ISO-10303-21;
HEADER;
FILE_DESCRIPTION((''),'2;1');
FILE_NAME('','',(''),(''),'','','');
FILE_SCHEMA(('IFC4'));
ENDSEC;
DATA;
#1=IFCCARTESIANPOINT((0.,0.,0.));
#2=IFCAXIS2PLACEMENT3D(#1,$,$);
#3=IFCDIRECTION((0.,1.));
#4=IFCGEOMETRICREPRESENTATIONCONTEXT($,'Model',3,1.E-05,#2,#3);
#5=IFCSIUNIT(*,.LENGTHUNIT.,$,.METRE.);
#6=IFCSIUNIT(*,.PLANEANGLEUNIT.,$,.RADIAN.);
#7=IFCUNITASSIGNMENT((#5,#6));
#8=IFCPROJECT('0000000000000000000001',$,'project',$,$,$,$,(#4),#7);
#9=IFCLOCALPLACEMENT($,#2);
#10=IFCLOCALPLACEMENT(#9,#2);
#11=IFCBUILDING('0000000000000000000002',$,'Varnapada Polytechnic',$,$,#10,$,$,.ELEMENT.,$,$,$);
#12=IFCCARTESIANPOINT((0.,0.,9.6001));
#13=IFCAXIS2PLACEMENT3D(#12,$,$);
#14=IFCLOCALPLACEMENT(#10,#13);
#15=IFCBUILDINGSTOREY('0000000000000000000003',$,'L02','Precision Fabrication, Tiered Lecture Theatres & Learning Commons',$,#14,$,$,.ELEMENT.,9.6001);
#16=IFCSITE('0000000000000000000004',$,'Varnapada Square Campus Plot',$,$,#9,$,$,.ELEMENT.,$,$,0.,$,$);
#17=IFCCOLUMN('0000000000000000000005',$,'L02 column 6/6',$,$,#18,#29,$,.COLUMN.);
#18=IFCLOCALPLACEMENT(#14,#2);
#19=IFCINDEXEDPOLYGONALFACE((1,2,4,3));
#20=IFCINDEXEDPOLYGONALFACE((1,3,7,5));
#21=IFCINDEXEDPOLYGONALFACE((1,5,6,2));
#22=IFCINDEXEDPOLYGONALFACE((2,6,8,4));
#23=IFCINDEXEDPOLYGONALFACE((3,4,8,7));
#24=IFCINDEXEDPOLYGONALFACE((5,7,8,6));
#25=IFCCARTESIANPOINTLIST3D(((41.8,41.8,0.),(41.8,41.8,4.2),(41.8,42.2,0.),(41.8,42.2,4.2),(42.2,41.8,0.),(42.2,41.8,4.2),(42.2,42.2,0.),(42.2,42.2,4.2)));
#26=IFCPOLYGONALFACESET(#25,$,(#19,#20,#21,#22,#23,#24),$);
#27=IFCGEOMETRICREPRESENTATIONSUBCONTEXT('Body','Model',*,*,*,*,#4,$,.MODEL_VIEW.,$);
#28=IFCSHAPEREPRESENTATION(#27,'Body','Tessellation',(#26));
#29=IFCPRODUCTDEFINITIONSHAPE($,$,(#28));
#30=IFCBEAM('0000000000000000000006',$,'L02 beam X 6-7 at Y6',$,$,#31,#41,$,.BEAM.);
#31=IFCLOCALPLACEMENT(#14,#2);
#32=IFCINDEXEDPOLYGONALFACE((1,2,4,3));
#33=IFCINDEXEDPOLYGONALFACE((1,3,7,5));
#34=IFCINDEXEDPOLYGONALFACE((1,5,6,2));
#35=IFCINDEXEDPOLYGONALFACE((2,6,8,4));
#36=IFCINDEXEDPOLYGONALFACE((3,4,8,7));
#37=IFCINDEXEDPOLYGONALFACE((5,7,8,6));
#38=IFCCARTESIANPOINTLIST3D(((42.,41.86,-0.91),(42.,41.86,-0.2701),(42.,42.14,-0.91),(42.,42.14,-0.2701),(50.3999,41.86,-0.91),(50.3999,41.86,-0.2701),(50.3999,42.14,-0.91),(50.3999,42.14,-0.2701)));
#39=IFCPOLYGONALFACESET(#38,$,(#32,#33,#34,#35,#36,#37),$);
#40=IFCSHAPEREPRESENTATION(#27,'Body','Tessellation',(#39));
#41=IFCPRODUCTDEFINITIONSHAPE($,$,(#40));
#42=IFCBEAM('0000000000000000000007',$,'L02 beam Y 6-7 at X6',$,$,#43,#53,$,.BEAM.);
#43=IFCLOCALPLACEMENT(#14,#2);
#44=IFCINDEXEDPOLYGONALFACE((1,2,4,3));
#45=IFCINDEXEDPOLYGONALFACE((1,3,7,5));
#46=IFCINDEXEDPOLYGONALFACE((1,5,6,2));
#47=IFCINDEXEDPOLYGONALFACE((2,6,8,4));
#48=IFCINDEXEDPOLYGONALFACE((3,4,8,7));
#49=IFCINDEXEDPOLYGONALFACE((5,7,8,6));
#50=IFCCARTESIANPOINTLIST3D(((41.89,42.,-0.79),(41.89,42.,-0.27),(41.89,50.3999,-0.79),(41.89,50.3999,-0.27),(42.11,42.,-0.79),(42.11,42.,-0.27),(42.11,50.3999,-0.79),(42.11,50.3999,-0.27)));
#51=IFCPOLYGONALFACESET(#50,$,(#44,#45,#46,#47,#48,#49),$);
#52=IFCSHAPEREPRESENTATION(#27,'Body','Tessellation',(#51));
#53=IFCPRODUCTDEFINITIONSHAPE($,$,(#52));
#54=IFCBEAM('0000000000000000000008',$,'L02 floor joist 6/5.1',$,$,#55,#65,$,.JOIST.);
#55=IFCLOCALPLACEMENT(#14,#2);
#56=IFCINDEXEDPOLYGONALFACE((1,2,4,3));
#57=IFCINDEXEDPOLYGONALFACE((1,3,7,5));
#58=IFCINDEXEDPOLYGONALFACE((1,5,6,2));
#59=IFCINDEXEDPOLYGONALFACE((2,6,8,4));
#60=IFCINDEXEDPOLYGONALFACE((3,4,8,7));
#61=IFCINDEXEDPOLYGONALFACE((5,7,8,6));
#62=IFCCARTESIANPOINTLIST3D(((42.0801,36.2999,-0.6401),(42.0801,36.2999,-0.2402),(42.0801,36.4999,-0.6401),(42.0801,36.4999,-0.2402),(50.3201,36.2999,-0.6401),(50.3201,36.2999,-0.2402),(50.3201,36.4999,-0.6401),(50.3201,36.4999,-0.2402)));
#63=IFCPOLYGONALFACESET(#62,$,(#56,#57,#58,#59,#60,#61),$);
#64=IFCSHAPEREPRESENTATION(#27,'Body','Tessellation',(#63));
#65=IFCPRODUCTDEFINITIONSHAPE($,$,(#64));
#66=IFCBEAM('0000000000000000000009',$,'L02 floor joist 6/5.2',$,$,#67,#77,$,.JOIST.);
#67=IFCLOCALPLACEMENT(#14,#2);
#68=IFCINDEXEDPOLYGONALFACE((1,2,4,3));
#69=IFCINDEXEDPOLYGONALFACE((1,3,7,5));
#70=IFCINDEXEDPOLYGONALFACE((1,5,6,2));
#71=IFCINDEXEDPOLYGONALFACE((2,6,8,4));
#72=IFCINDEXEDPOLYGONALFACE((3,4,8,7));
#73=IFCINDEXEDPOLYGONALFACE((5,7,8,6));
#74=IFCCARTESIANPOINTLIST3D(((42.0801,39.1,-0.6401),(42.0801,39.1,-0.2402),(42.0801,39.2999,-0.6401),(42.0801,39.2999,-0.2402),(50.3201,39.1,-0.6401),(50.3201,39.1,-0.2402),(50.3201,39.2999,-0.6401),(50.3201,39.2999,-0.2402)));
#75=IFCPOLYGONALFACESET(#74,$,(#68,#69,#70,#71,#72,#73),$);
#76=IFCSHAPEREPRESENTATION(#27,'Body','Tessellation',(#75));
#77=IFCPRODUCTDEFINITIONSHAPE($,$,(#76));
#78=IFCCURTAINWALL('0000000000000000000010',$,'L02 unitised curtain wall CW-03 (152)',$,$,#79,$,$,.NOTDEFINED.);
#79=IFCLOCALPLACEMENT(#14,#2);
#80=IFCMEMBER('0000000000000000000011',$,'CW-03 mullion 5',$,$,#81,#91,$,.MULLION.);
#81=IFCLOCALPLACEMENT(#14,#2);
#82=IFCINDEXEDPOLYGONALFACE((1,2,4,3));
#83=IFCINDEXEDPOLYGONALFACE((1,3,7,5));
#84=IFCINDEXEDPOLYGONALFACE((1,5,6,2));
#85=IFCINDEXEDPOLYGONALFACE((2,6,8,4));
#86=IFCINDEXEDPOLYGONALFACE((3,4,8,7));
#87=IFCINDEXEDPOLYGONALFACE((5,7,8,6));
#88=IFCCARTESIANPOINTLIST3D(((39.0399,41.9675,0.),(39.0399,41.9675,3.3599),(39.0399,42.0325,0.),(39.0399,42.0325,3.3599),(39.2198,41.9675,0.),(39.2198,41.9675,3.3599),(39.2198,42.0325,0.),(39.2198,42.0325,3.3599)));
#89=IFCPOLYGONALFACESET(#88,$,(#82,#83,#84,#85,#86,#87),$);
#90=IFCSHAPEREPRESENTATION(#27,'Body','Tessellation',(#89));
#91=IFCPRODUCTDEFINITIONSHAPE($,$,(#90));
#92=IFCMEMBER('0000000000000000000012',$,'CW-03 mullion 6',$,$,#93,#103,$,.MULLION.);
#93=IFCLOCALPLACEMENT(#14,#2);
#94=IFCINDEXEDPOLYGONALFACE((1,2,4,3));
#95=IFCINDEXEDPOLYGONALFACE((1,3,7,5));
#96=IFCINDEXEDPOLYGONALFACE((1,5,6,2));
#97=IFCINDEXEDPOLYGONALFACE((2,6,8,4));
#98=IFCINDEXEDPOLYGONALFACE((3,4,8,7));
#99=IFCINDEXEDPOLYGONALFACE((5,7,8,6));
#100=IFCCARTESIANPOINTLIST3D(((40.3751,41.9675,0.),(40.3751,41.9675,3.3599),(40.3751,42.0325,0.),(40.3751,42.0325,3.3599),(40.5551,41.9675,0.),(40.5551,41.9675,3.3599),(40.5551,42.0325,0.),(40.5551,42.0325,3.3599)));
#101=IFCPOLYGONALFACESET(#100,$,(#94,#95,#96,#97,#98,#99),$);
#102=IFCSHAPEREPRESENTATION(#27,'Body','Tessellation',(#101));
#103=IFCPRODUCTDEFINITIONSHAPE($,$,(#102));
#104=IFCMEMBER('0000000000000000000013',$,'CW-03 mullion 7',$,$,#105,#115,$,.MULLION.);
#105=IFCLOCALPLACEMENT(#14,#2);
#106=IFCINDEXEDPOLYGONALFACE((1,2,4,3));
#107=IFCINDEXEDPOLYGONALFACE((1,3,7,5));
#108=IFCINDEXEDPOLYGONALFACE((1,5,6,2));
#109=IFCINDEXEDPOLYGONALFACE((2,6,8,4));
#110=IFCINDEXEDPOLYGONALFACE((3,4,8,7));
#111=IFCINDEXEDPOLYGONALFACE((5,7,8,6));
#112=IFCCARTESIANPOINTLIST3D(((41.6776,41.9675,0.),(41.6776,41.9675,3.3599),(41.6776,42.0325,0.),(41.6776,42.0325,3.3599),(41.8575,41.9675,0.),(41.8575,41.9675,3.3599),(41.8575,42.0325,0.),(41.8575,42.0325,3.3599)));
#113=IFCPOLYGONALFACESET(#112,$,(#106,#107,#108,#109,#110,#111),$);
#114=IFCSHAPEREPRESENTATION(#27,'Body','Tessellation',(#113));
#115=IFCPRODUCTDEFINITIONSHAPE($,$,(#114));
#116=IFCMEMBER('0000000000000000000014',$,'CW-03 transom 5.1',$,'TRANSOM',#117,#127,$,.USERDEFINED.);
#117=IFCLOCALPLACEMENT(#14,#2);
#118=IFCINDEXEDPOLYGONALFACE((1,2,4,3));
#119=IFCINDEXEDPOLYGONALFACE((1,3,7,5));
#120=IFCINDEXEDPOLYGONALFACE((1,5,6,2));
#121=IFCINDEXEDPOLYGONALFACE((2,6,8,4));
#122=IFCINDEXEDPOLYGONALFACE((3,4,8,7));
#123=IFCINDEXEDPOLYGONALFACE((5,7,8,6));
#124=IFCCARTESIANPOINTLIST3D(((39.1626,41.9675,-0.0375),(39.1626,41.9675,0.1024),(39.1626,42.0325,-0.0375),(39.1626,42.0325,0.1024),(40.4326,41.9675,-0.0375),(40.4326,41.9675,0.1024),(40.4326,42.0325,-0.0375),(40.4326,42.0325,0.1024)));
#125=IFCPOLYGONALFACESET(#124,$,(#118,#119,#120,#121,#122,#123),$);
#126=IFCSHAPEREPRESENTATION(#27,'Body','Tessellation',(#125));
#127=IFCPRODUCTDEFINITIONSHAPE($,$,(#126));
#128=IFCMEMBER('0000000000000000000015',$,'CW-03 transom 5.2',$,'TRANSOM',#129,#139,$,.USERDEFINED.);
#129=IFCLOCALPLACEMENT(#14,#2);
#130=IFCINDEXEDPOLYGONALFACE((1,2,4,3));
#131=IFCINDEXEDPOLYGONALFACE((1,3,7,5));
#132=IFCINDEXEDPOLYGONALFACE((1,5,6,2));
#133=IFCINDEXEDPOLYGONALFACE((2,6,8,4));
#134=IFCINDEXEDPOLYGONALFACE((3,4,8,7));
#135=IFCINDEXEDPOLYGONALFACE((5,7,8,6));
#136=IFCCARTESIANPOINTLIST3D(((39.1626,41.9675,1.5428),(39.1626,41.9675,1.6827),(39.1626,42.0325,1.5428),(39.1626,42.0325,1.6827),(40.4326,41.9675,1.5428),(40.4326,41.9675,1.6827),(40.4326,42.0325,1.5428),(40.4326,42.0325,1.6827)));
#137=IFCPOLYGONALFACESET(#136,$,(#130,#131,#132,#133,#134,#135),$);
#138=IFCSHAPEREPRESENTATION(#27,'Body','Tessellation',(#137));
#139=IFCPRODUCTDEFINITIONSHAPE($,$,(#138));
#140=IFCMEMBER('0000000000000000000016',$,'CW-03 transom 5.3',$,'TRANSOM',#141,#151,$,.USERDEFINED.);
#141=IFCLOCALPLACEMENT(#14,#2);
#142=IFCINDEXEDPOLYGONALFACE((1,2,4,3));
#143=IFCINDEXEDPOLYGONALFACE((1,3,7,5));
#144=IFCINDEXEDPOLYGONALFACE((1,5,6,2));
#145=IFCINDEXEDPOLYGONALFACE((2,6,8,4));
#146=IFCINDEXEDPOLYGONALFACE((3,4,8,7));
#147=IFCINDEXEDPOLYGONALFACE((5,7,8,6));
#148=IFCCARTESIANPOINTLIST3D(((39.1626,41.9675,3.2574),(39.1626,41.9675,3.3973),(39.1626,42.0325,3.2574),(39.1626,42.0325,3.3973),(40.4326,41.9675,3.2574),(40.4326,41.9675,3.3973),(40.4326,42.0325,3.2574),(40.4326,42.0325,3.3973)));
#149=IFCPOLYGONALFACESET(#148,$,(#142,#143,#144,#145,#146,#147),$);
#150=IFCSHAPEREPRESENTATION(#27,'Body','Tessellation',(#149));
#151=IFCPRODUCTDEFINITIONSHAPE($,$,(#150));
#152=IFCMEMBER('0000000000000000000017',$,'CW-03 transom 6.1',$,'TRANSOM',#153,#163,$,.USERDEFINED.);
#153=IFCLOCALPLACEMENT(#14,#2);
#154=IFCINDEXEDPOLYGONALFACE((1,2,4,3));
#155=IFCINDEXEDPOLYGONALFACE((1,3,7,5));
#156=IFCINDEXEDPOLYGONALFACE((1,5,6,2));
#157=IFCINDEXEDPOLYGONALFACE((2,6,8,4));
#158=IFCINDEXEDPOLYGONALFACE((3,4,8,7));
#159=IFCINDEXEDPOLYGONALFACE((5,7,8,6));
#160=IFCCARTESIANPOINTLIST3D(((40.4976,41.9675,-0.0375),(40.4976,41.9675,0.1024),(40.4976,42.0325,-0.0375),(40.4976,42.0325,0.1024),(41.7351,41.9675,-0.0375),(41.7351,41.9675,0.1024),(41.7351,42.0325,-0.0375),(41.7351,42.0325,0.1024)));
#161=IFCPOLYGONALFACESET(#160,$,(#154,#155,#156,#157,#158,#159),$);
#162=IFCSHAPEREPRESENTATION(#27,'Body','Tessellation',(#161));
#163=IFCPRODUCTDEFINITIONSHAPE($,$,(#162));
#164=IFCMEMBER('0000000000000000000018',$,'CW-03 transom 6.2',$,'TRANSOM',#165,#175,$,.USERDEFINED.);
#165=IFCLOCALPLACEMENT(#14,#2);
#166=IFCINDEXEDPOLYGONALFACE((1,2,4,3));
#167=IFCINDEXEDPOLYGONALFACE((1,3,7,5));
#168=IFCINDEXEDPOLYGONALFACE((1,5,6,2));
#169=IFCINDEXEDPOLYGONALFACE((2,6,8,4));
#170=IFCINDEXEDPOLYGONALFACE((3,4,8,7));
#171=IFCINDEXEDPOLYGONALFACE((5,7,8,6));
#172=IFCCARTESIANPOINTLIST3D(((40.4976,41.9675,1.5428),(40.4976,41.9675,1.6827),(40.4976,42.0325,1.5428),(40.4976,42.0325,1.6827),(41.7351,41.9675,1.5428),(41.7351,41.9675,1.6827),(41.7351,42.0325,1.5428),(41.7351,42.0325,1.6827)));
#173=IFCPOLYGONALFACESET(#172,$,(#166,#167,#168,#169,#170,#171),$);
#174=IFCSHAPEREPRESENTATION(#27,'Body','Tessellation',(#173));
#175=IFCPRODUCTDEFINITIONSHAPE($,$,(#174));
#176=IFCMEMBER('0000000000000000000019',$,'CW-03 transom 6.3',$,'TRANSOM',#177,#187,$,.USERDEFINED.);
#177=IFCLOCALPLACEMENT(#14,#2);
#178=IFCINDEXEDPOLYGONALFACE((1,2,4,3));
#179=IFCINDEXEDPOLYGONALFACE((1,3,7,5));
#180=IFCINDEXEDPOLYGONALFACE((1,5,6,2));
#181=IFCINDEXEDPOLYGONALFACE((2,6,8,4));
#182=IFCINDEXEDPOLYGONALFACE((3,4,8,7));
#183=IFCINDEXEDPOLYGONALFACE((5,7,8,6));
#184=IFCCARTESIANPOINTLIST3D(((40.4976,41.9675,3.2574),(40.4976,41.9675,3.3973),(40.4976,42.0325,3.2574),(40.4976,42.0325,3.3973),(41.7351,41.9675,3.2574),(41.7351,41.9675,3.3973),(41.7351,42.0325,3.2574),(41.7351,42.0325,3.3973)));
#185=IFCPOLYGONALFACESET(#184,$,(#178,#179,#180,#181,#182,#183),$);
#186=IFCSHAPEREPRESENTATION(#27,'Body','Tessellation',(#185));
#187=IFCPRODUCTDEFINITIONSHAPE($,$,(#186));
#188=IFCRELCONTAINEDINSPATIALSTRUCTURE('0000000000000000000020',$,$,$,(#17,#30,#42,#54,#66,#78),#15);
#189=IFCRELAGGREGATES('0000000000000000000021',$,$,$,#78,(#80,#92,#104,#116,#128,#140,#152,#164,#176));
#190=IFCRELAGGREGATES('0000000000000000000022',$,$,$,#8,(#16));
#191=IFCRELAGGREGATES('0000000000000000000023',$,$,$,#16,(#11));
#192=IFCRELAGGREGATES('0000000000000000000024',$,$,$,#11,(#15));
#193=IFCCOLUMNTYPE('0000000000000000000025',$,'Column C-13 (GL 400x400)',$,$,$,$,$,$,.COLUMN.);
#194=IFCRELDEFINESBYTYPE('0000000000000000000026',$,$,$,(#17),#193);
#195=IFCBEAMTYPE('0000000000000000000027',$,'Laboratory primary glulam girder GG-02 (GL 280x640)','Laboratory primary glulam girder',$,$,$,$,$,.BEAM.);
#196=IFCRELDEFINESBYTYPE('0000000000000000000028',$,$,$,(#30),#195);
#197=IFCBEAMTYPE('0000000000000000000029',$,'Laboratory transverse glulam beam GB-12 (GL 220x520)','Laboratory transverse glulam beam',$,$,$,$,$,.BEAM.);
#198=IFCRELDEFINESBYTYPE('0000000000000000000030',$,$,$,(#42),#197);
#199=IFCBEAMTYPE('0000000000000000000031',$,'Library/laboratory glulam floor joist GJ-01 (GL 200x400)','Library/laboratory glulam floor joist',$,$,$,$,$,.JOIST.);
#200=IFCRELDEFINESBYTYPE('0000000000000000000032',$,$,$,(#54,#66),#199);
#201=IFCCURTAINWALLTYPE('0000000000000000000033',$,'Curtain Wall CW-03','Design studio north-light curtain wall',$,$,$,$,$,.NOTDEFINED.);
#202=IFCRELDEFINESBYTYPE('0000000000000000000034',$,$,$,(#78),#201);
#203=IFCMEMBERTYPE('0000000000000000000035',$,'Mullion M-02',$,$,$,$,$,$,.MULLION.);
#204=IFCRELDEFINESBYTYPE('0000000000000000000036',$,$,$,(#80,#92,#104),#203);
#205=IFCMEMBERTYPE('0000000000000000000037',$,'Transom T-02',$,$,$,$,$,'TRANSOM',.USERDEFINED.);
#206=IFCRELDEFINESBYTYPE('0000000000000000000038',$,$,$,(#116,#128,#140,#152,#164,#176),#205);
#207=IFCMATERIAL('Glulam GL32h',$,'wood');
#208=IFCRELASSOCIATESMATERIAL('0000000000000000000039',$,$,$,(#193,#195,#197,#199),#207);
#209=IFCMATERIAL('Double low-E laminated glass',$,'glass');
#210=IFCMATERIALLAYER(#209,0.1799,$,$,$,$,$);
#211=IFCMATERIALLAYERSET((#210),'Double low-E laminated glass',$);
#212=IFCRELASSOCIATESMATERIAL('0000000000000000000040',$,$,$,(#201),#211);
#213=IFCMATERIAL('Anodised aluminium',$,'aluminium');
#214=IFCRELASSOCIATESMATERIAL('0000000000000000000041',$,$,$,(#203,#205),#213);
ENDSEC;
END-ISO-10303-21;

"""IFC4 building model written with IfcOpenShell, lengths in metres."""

from ifc_helpers import new_model, si_unit, direction, frame, origin, origin_2d, place, context, subcontext, project, spatial, rectangle, extrude, material, layer, layer_set, material_profile, profile_set, type_object, element, aggregate, save


model = new_model("IFC4")

# Units and contexts
model_context = context("Model", 3, precision=1e-05, world=origin(), true_north=direction((0.0, 1.0)))
body_context = subcontext(model_context, "Body", "Model", "MODEL_VIEW")
ifc_project = project(units=[si_unit("LENGTHUNIT", "METRE"), si_unit("PLANEANGLEUNIT", "RADIAN")], contexts=[model_context])

# Site, building, storey
site_placement = place(None, origin())
site = spatial("IfcSite", under=ifc_project, at=site_placement, Name="Varnapada Square Campus Plot", CompositionType="ELEMENT", RefElevation=0.0)
building_placement = place(site_placement, origin())
building = spatial("IfcBuilding", under=site, at=building_placement, Name="Varnapada Polytechnic", CompositionType="ELEMENT")
storey_placement = place(building_placement, frame((0.0, 0.0, 9.6001)))
storey = spatial("IfcBuildingStorey", under=building, at=storey_placement, Name="L02", Description="Precision Fabrication, Tiered Lecture Theatres & Learning Commons", CompositionType="ELEMENT", Elevation=9.6001)

# Column
ifc_material_1 = material(Name="Glulam GL32h", Category="wood")
ifc_material_profile_1 = material_profile(ifc_material_1, rectangle(XDim=0.3999, YDim=0.3999, at=origin_2d()), Name="GL 400x400")
ifc_profile_set_1 = profile_set([ifc_material_profile_1], Name="Glulam GL32h")
column_type = type_object("IfcColumnType", Name="Column C-13 (GL 400x400)", PredefinedType="COLUMN", material=ifc_profile_set_1)
column_placement = place(storey_placement, frame((42.0, 42.0, 0.0), z_axis=(0.0, 0.0, 1.0), x_axis=(1.0, 0.0, 0.0)))
element("IfcColumn", 1, at=column_placement, inside=storey, type_object=column_type, Name="L02 column 6/6", PredefinedType="COLUMN", context=body_context, shape_type="SweptSolid", body=[
    extrude(rectangle(XDim=0.3999, YDim=0.3999, at=origin_2d()), origin(), (0.0, 0.0, 1.0), 4.2),
])

# Beams
ifc_material_profile_2 = material_profile(ifc_material_1, rectangle(XDim=0.28, YDim=0.6399, at=origin_2d()), Name="GL 280x640")
ifc_profile_set_2 = profile_set([ifc_material_profile_2], Name="Glulam GL32h")
beam_type_1 = type_object("IfcBeamType", Name="Laboratory primary glulam girder GG-02 (GL 280x640)", Description="Laboratory primary glulam girder", PredefinedType="BEAM", material=ifc_profile_set_2)
beam_1_placement = place(storey_placement, frame((42.0, 42.0, -0.5901), z_axis=(1.0, 0.0, 0.0), x_axis=(0.0, 1.0, 0.0)))
element("IfcBeam", 2, at=beam_1_placement, inside=storey, type_object=beam_type_1, Name="L02 beam X 6-7 at Y6", PredefinedType="BEAM", context=body_context, shape_type="SweptSolid", body=[
    extrude(rectangle(XDim=0.28, YDim=0.6399, at=origin_2d()), origin(), (0.0, 0.0, 1.0), 8.3999),
])
ifc_material_profile_3 = material_profile(ifc_material_1, rectangle(XDim=0.22, YDim=0.52, at=origin_2d()), Name="GL 220x520")
ifc_profile_set_3 = profile_set([ifc_material_profile_3], Name="Glulam GL32h")
beam_type_2 = type_object("IfcBeamType", Name="Laboratory transverse glulam beam GB-12 (GL 220x520)", Description="Laboratory transverse glulam beam", PredefinedType="BEAM", material=ifc_profile_set_3)
beam_2_placement = place(storey_placement, frame((42.0, 42.0, -0.53), z_axis=(0.0, 1.0, 0.0), x_axis=(-1.0, 0.0, 0.0)))
element("IfcBeam", 3, at=beam_2_placement, inside=storey, type_object=beam_type_2, Name="L02 beam Y 6-7 at X6", PredefinedType="BEAM", context=body_context, shape_type="SweptSolid", body=[
    extrude(rectangle(XDim=0.22, YDim=0.52, at=origin_2d()), origin(), (0.0, 0.0, 1.0), 8.3999),
])
ifc_material_profile_4 = material_profile(ifc_material_1, rectangle(XDim=0.2, YDim=0.3999, at=origin_2d()), Name="GL 200x400")
ifc_profile_set_4 = profile_set([ifc_material_profile_4], Name="Glulam GL32h")
beam_type_3 = type_object("IfcBeamType", Name="Library/laboratory glulam floor joist GJ-01 (GL 200x400)", Description="Library/laboratory glulam floor joist", PredefinedType="JOIST", material=ifc_profile_set_4)
for number, where, z_axis, x_axis, name in (
    (4, (42.0801, 36.3999, -0.4402), (1.0, 0.0, 0.0), (0.0, 1.0, 0.0), "L02 floor joist 6/5.1"),
    (5, (42.0801, 39.2, -0.4402), (1.0, 0.0, 0.0), (0.0, 1.0, 0.0), "L02 floor joist 6/5.2"),
):
    element("IfcBeam", number, at=place(storey_placement, frame(where, z_axis=z_axis, x_axis=x_axis)), inside=storey, type_object=beam_type_3, Name=name, PredefinedType="JOIST", context=body_context, shape_type="SweptSolid", body=[
        extrude(rectangle(XDim=0.2, YDim=0.3999, at=origin_2d()), origin(), (0.0, 0.0, 1.0), 8.24),
    ])

# Curtain wall, members
ifc_material_2 = material(Name="Double low-E laminated glass", Category="glass")
ifc_layer_1 = layer(ifc_material_2, 0.1799)
ifc_layer_set_1 = layer_set([ifc_layer_1], Name="Double low-E laminated glass")
curtain_wall_type = type_object("IfcCurtainWallType", Name="Curtain Wall CW-03", Description="Design studio north-light curtain wall", PredefinedType="NOTDEFINED", material=ifc_layer_set_1)
curtain_wall_placement = place(storey_placement, origin())
curtain_wall = element("IfcCurtainWall", 6, at=curtain_wall_placement, inside=storey, type_object=curtain_wall_type, Name="L02 unitised curtain wall CW-03 (152)", PredefinedType="NOTDEFINED")
ifc_material_3 = material(Name="Anodised aluminium", Category="aluminium")
ifc_material_profile_5 = material_profile(ifc_material_3, rectangle(XDim=0.0649, YDim=0.1799, at=origin_2d()), Name="ALU M65x180")
ifc_profile_set_5 = profile_set([ifc_material_profile_5], Name="Anodised aluminium")
member_type_1 = type_object("IfcMemberType", Name="Mullion M-02", PredefinedType="MULLION", material=ifc_profile_set_5)
member_1_placement = place(storey_placement, frame((39.1299, 42.0, 0.0), z_axis=(0.0, 0.0, 1.0), x_axis=(0.0, 1.0, 0.0)))
member_1 = element("IfcMember", 7, at=member_1_placement, type_object=member_type_1, Name="CW-03 mullion 5", PredefinedType="MULLION", context=body_context, shape_type="SweptSolid", body=[
    extrude(rectangle(XDim=0.0649, YDim=0.1799, at=origin_2d()), origin(), (0.0, 0.0, 1.0), 3.3599),
])
member_2_placement = place(storey_placement, frame((40.4651, 42.0, 0.0), z_axis=(0.0, 0.0, 1.0), x_axis=(0.0, 1.0, 0.0)))
member_2 = element("IfcMember", 8, at=member_2_placement, type_object=member_type_1, Name="CW-03 mullion 6", PredefinedType="MULLION", context=body_context, shape_type="SweptSolid", body=[
    extrude(rectangle(XDim=0.0649, YDim=0.1799, at=origin_2d()), origin(), (0.0, 0.0, 1.0), 3.3599),
])
member_3_placement = place(storey_placement, frame((41.7676, 42.0, 0.0), z_axis=(0.0, 0.0, 1.0), x_axis=(0.0, 1.0, 0.0)))
member_3 = element("IfcMember", 9, at=member_3_placement, type_object=member_type_1, Name="CW-03 mullion 7", PredefinedType="MULLION", context=body_context, shape_type="SweptSolid", body=[
    extrude(rectangle(XDim=0.0649, YDim=0.1799, at=origin_2d()), origin(), (0.0, 0.0, 1.0), 3.3599),
])
ifc_material_profile_6 = material_profile(ifc_material_3, rectangle(XDim=0.0649, YDim=0.1399, at=origin_2d()), Name="ALU T65x140")
ifc_profile_set_6 = profile_set([ifc_material_profile_6], Name="Anodised aluminium")
member_type_2 = type_object("IfcMemberType", Name="Transom T-02", ElementType="TRANSOM", PredefinedType="USERDEFINED", material=ifc_profile_set_6)
member_4_placement = place(storey_placement, frame((39.1626, 42.0, 0.0325), z_axis=(1.0, 0.0, 0.0), x_axis=(0.0, 1.0, 0.0)))
member_4 = element("IfcMember", 10, at=member_4_placement, type_object=member_type_2, Name="CW-03 transom 5.1", ObjectType="TRANSOM", PredefinedType="USERDEFINED", context=body_context, shape_type="SweptSolid", body=[
    extrude(rectangle(XDim=0.0649, YDim=0.1399, at=origin_2d()), origin(), (0.0, 0.0, 1.0), 1.27),
])
member_5_placement = place(storey_placement, frame((39.1626, 42.0, 1.6128), z_axis=(1.0, 0.0, 0.0), x_axis=(0.0, 1.0, 0.0)))
member_5 = element("IfcMember", 11, at=member_5_placement, type_object=member_type_2, Name="CW-03 transom 5.2", ObjectType="TRANSOM", PredefinedType="USERDEFINED", context=body_context, shape_type="SweptSolid", body=[
    extrude(rectangle(XDim=0.0649, YDim=0.1399, at=origin_2d()), origin(), (0.0, 0.0, 1.0), 1.27),
])
member_6_placement = place(storey_placement, frame((39.1626, 42.0, 3.3274), z_axis=(1.0, 0.0, 0.0), x_axis=(0.0, 1.0, 0.0)))
member_6 = element("IfcMember", 12, at=member_6_placement, type_object=member_type_2, Name="CW-03 transom 5.3", ObjectType="TRANSOM", PredefinedType="USERDEFINED", context=body_context, shape_type="SweptSolid", body=[
    extrude(rectangle(XDim=0.0649, YDim=0.1399, at=origin_2d()), origin(), (0.0, 0.0, 1.0), 1.27),
])
member_7_placement = place(storey_placement, frame((40.4976, 42.0, 0.0325), z_axis=(1.0, 0.0, 0.0), x_axis=(0.0, 1.0, 0.0)))
member_7 = element("IfcMember", 13, at=member_7_placement, type_object=member_type_2, Name="CW-03 transom 6.1", ObjectType="TRANSOM", PredefinedType="USERDEFINED", context=body_context, shape_type="SweptSolid", body=[
    extrude(rectangle(XDim=0.0649, YDim=0.1399, at=origin_2d()), origin(), (0.0, 0.0, 1.0), 1.2375),
])
member_8_placement = place(storey_placement, frame((40.4976, 42.0, 1.6128), z_axis=(1.0, 0.0, 0.0), x_axis=(0.0, 1.0, 0.0)))
member_8 = element("IfcMember", 14, at=member_8_placement, type_object=member_type_2, Name="CW-03 transom 6.2", ObjectType="TRANSOM", PredefinedType="USERDEFINED", context=body_context, shape_type="SweptSolid", body=[
    extrude(rectangle(XDim=0.0649, YDim=0.1399, at=origin_2d()), origin(), (0.0, 0.0, 1.0), 1.2375),
])
member_9_placement = place(storey_placement, frame((40.4976, 42.0, 3.3274), z_axis=(1.0, 0.0, 0.0), x_axis=(0.0, 1.0, 0.0)))
member_9 = element("IfcMember", 15, at=member_9_placement, type_object=member_type_2, Name="CW-03 transom 6.3", ObjectType="TRANSOM", PredefinedType="USERDEFINED", context=body_context, shape_type="SweptSolid", body=[
    extrude(rectangle(XDim=0.0649, YDim=0.1399, at=origin_2d()), origin(), (0.0, 0.0, 1.0), 1.2375),
])
aggregate(curtain_wall, [member_1, member_2, member_3, member_4, member_5, member_6, member_7, member_8, member_9])

save(model, "model.ifc")
